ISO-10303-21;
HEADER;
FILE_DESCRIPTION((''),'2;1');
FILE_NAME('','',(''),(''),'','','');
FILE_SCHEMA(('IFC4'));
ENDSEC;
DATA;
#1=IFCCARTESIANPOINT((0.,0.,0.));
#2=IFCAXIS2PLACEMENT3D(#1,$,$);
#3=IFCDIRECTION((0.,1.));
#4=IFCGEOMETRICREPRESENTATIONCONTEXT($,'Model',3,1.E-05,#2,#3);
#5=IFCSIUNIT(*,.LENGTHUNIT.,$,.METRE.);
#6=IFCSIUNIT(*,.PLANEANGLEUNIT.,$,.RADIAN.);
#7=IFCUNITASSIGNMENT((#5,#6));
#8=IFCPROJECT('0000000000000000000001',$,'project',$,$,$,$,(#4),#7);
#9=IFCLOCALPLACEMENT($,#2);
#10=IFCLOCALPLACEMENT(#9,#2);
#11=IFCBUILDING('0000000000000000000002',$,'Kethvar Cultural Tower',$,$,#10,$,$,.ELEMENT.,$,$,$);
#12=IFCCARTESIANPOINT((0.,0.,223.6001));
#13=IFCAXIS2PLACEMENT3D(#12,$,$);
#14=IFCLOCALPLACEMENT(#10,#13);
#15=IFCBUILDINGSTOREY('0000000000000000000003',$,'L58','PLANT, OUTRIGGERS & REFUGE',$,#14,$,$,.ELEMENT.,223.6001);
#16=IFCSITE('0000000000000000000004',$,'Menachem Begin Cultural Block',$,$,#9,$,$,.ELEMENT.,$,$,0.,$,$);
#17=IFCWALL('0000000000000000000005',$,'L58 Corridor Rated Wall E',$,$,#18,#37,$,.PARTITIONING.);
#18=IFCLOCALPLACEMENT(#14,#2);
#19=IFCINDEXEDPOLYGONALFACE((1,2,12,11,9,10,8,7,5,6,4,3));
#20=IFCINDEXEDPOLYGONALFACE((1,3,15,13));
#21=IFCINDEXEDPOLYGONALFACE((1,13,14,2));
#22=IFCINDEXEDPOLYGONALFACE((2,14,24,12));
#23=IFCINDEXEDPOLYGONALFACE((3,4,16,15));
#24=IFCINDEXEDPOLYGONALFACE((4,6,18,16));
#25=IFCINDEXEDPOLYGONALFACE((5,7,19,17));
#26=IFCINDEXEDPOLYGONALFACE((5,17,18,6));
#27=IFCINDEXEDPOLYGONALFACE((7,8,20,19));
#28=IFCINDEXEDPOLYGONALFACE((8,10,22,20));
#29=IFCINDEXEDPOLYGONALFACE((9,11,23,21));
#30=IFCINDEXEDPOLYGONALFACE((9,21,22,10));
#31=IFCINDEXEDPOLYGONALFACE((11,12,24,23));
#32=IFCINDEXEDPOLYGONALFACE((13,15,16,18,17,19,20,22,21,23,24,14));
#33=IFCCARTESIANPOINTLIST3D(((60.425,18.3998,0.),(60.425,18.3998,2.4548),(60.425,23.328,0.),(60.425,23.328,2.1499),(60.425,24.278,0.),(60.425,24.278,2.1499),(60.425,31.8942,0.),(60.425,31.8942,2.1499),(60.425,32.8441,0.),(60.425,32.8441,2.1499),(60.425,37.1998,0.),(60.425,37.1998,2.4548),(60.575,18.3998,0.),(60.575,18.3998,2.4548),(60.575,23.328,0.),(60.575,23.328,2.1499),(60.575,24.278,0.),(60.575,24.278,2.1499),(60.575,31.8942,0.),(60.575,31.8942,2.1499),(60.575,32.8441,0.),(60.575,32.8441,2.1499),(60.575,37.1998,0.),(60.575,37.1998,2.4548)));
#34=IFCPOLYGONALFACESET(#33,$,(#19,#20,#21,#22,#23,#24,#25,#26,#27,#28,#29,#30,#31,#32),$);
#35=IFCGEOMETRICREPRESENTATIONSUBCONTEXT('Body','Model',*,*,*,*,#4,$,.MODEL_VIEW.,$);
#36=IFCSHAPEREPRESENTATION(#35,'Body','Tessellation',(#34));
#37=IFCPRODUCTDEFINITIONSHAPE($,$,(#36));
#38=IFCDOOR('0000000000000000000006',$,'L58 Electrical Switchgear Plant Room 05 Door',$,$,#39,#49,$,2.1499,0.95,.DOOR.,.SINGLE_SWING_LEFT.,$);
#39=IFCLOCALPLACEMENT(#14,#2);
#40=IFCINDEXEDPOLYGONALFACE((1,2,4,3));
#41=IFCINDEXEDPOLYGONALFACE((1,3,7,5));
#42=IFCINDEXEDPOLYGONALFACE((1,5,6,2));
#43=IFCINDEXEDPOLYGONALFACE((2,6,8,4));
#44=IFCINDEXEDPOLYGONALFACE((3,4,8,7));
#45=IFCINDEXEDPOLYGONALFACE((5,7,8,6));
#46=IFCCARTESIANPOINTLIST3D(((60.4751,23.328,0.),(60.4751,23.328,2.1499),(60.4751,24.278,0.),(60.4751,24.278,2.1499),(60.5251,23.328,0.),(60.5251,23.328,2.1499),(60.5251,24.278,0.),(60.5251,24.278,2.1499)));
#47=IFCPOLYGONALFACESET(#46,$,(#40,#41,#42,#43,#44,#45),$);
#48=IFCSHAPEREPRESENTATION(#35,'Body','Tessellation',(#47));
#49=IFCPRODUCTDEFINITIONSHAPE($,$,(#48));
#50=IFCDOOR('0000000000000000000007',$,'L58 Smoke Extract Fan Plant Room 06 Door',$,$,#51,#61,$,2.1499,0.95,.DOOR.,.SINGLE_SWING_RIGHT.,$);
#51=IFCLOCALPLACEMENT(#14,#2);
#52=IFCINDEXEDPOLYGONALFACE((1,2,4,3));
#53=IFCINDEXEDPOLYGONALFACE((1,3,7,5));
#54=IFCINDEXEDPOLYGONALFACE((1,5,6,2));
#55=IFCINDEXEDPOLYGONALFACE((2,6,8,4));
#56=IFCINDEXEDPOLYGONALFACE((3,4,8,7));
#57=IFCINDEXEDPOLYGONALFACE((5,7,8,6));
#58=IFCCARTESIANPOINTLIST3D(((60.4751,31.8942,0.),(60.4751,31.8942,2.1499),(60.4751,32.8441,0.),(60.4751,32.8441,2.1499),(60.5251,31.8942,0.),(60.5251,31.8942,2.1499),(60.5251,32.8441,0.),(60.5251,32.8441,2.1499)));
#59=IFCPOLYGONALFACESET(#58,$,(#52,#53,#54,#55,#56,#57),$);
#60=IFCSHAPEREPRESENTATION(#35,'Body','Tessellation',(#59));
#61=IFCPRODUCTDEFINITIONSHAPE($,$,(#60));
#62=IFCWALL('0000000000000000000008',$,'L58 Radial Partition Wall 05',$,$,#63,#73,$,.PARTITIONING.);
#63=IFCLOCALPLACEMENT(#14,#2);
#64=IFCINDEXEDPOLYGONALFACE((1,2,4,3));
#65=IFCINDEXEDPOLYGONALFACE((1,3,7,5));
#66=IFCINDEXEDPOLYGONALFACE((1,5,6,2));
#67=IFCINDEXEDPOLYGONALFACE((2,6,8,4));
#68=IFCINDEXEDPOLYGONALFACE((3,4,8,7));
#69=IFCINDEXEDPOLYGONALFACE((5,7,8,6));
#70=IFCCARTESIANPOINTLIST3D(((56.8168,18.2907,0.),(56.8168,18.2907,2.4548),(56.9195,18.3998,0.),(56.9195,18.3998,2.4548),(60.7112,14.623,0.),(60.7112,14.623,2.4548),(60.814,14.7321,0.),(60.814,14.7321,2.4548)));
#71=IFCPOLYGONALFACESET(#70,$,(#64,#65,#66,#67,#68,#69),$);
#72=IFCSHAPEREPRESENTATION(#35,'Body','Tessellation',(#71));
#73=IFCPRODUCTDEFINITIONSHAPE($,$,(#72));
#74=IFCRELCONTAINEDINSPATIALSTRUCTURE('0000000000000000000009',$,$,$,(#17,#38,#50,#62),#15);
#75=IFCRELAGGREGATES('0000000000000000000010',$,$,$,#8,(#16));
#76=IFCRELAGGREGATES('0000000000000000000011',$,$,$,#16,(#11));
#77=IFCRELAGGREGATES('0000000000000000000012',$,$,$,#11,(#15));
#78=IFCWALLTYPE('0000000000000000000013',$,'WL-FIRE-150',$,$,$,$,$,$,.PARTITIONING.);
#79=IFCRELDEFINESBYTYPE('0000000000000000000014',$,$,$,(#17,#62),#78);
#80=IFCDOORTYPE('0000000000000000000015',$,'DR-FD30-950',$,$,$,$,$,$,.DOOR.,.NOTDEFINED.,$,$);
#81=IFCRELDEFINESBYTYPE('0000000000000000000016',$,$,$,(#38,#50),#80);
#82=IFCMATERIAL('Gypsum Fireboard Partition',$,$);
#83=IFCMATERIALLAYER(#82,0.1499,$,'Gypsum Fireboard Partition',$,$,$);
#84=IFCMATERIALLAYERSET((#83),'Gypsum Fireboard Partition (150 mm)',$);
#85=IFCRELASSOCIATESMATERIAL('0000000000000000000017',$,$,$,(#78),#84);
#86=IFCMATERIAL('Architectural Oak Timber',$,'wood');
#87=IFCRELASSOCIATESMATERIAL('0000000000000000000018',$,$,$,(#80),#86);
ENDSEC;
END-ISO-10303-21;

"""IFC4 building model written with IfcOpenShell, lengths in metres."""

from ifc_helpers import new_model, si_unit, direction, frame, frame_2d, origin, place, context, subcontext, project, spatial, rectangle, extrude, source, transform, mapped, material, layer, layer_set, type_object, element, fill, save


model = new_model("IFC4")

# Units and contexts
model_context = context("Model", 3, precision=1e-05, world=origin(), true_north=direction((0.0, 1.0)))
body_context = subcontext(model_context, "Body", "Model", "MODEL_VIEW")
ifc_project = project(units=[si_unit("LENGTHUNIT", "METRE"), si_unit("PLANEANGLEUNIT", "RADIAN")], contexts=[model_context])

# Site, building, storey
site_placement = place(None, origin())
site = spatial("IfcSite", under=ifc_project, at=site_placement, Name="Menachem Begin Cultural Block", CompositionType="ELEMENT", RefElevation=0.0)
building_placement = place(site_placement, origin())
building = spatial("IfcBuilding", under=site, at=building_placement, Name="Kethvar Cultural Tower", CompositionType="ELEMENT")
storey_placement = place(building_placement, frame((0.0, 0.0, 223.6001)))
storey = spatial("IfcBuildingStorey", under=building, at=storey_placement, Name="L58", Description="PLANT, OUTRIGGERS & REFUGE", CompositionType="ELEMENT", Elevation=223.6001)

# Wall, openings, doors
ifc_material_1 = material(Name="Gypsum Fireboard Partition")
ifc_layer_1 = layer(ifc_material_1, 0.1499, Name="Gypsum Fireboard Partition")
ifc_layer_set_1 = layer_set([ifc_layer_1], Name="Gypsum Fireboard Partition (150 mm)")
wall_type = type_object("IfcWallType", Name="WL-FIRE-150", PredefinedType="PARTITIONING", material=ifc_layer_set_1)
wall_1_placement = place(storey_placement, frame((60.5, 18.3999, 0.0), z_axis=(0.0, 0.0, 1.0), x_axis=(0.0, 1.0, 0.0)))
wall_1 = element("IfcWall", 1, at=wall_1_placement, inside=storey, type_object=wall_type, Name="L58 Corridor Rated Wall E", PredefinedType="PARTITIONING", context=body_context, shape_type="SweptSolid", body=[
    extrude(rectangle(XDim=18.8, YDim=0.1499, at=frame_2d((9.3999, 0.0))), origin(), (0.0, 0.0, 1.0), 2.4548),
])
opening_1_placement = place(wall_1_placement, frame((4.928, 0.0, 0.0)))
opening_1 = element("IfcOpeningElement", 2, at=opening_1_placement, cuts=wall_1, PredefinedType="OPENING", context=body_context, shape_type="SweptSolid", body=[
    extrude(rectangle(XDim=0.95, YDim=2.1499, at=frame_2d((0.4751, 1.075))), frame((0.0, 0.085, 0.0), z_axis=(0.0, -1.0, 0.0), x_axis=(1.0, 0.0, 0.0)), (0.0, 0.0, 1.0), 0.1699),
])
opening_2_placement = place(wall_1_placement, frame((13.4941, 0.0, 0.0)))
opening_2 = element("IfcOpeningElement", 3, at=opening_2_placement, cuts=wall_1, PredefinedType="OPENING", context=body_context, shape_type="SweptSolid", body=[
    extrude(rectangle(XDim=0.95, YDim=2.1499, at=frame_2d((0.4751, 1.075))), frame((0.0, 0.085, 0.0), z_axis=(0.0, -1.0, 0.0), x_axis=(1.0, 0.0, 0.0)), (0.0, 0.0, 1.0), 0.1699),
])
ifc_material_2 = material(Name="Architectural Oak Timber", Category="wood")
door_type = type_object("IfcDoorType", Name="DR-FD30-950", OperationType="NOTDEFINED", PredefinedType="DOOR", material=ifc_material_2)
shared_shape_1 = source(origin(), body_context, "Body", "SweptSolid", [
    extrude(rectangle(XDim=0.95, YDim=2.1499, at=frame_2d((0.4751, 1.075))), frame((0.0, 0.0249, 0.0), z_axis=(0.0, -1.0, 0.0), x_axis=(1.0, 0.0, 0.0)), (0.0, 0.0, 1.0), 0.05),
])
door_1_placement = place(opening_1_placement, origin())
door_1 = element("IfcDoor", 4, at=door_1_placement, inside=storey, type_object=door_type, Name="L58 Electrical Switchgear Plant Room 05 Door", OperationType="SINGLE_SWING_LEFT", OverallHeight=2.1499, OverallWidth=0.95, PredefinedType="DOOR", context=body_context, shape_type="MappedRepresentation", body=[
    mapped(shared_shape_1, transform((0.0, 0.0, 0.0), scale=1.0)),
])
fill(opening_1, door_1)
door_2_placement = place(opening_2_placement, origin())
door_2 = element("IfcDoor", 5, at=door_2_placement, inside=storey, type_object=door_type, Name="L58 Smoke Extract Fan Plant Room 06 Door", OperationType="SINGLE_SWING_RIGHT", OverallHeight=2.1499, OverallWidth=0.95, PredefinedType="DOOR", context=body_context, shape_type="MappedRepresentation", body=[
    mapped(shared_shape_1, transform((0.0, 0.0, 0.0), scale=1.0)),
])
fill(opening_2, door_2)

# Wall
wall_2_placement = place(storey_placement, frame((56.8682, 18.3452, 0.0), z_axis=(0.0, 0.0, 1.0), x_axis=(0.727987, -0.685591, 0.0)))
element("IfcWall", 6, at=wall_2_placement, inside=storey, type_object=wall_type, Name="L58 Radial Partition Wall 05", PredefinedType="PARTITIONING", context=body_context, shape_type="SweptSolid", body=[
    extrude(rectangle(XDim=5.3496, YDim=0.1499, at=frame_2d((2.6748, 0.0))), origin(), (0.0, 0.0, 1.0), 2.4548),
])

save(model, "model.ifc")
